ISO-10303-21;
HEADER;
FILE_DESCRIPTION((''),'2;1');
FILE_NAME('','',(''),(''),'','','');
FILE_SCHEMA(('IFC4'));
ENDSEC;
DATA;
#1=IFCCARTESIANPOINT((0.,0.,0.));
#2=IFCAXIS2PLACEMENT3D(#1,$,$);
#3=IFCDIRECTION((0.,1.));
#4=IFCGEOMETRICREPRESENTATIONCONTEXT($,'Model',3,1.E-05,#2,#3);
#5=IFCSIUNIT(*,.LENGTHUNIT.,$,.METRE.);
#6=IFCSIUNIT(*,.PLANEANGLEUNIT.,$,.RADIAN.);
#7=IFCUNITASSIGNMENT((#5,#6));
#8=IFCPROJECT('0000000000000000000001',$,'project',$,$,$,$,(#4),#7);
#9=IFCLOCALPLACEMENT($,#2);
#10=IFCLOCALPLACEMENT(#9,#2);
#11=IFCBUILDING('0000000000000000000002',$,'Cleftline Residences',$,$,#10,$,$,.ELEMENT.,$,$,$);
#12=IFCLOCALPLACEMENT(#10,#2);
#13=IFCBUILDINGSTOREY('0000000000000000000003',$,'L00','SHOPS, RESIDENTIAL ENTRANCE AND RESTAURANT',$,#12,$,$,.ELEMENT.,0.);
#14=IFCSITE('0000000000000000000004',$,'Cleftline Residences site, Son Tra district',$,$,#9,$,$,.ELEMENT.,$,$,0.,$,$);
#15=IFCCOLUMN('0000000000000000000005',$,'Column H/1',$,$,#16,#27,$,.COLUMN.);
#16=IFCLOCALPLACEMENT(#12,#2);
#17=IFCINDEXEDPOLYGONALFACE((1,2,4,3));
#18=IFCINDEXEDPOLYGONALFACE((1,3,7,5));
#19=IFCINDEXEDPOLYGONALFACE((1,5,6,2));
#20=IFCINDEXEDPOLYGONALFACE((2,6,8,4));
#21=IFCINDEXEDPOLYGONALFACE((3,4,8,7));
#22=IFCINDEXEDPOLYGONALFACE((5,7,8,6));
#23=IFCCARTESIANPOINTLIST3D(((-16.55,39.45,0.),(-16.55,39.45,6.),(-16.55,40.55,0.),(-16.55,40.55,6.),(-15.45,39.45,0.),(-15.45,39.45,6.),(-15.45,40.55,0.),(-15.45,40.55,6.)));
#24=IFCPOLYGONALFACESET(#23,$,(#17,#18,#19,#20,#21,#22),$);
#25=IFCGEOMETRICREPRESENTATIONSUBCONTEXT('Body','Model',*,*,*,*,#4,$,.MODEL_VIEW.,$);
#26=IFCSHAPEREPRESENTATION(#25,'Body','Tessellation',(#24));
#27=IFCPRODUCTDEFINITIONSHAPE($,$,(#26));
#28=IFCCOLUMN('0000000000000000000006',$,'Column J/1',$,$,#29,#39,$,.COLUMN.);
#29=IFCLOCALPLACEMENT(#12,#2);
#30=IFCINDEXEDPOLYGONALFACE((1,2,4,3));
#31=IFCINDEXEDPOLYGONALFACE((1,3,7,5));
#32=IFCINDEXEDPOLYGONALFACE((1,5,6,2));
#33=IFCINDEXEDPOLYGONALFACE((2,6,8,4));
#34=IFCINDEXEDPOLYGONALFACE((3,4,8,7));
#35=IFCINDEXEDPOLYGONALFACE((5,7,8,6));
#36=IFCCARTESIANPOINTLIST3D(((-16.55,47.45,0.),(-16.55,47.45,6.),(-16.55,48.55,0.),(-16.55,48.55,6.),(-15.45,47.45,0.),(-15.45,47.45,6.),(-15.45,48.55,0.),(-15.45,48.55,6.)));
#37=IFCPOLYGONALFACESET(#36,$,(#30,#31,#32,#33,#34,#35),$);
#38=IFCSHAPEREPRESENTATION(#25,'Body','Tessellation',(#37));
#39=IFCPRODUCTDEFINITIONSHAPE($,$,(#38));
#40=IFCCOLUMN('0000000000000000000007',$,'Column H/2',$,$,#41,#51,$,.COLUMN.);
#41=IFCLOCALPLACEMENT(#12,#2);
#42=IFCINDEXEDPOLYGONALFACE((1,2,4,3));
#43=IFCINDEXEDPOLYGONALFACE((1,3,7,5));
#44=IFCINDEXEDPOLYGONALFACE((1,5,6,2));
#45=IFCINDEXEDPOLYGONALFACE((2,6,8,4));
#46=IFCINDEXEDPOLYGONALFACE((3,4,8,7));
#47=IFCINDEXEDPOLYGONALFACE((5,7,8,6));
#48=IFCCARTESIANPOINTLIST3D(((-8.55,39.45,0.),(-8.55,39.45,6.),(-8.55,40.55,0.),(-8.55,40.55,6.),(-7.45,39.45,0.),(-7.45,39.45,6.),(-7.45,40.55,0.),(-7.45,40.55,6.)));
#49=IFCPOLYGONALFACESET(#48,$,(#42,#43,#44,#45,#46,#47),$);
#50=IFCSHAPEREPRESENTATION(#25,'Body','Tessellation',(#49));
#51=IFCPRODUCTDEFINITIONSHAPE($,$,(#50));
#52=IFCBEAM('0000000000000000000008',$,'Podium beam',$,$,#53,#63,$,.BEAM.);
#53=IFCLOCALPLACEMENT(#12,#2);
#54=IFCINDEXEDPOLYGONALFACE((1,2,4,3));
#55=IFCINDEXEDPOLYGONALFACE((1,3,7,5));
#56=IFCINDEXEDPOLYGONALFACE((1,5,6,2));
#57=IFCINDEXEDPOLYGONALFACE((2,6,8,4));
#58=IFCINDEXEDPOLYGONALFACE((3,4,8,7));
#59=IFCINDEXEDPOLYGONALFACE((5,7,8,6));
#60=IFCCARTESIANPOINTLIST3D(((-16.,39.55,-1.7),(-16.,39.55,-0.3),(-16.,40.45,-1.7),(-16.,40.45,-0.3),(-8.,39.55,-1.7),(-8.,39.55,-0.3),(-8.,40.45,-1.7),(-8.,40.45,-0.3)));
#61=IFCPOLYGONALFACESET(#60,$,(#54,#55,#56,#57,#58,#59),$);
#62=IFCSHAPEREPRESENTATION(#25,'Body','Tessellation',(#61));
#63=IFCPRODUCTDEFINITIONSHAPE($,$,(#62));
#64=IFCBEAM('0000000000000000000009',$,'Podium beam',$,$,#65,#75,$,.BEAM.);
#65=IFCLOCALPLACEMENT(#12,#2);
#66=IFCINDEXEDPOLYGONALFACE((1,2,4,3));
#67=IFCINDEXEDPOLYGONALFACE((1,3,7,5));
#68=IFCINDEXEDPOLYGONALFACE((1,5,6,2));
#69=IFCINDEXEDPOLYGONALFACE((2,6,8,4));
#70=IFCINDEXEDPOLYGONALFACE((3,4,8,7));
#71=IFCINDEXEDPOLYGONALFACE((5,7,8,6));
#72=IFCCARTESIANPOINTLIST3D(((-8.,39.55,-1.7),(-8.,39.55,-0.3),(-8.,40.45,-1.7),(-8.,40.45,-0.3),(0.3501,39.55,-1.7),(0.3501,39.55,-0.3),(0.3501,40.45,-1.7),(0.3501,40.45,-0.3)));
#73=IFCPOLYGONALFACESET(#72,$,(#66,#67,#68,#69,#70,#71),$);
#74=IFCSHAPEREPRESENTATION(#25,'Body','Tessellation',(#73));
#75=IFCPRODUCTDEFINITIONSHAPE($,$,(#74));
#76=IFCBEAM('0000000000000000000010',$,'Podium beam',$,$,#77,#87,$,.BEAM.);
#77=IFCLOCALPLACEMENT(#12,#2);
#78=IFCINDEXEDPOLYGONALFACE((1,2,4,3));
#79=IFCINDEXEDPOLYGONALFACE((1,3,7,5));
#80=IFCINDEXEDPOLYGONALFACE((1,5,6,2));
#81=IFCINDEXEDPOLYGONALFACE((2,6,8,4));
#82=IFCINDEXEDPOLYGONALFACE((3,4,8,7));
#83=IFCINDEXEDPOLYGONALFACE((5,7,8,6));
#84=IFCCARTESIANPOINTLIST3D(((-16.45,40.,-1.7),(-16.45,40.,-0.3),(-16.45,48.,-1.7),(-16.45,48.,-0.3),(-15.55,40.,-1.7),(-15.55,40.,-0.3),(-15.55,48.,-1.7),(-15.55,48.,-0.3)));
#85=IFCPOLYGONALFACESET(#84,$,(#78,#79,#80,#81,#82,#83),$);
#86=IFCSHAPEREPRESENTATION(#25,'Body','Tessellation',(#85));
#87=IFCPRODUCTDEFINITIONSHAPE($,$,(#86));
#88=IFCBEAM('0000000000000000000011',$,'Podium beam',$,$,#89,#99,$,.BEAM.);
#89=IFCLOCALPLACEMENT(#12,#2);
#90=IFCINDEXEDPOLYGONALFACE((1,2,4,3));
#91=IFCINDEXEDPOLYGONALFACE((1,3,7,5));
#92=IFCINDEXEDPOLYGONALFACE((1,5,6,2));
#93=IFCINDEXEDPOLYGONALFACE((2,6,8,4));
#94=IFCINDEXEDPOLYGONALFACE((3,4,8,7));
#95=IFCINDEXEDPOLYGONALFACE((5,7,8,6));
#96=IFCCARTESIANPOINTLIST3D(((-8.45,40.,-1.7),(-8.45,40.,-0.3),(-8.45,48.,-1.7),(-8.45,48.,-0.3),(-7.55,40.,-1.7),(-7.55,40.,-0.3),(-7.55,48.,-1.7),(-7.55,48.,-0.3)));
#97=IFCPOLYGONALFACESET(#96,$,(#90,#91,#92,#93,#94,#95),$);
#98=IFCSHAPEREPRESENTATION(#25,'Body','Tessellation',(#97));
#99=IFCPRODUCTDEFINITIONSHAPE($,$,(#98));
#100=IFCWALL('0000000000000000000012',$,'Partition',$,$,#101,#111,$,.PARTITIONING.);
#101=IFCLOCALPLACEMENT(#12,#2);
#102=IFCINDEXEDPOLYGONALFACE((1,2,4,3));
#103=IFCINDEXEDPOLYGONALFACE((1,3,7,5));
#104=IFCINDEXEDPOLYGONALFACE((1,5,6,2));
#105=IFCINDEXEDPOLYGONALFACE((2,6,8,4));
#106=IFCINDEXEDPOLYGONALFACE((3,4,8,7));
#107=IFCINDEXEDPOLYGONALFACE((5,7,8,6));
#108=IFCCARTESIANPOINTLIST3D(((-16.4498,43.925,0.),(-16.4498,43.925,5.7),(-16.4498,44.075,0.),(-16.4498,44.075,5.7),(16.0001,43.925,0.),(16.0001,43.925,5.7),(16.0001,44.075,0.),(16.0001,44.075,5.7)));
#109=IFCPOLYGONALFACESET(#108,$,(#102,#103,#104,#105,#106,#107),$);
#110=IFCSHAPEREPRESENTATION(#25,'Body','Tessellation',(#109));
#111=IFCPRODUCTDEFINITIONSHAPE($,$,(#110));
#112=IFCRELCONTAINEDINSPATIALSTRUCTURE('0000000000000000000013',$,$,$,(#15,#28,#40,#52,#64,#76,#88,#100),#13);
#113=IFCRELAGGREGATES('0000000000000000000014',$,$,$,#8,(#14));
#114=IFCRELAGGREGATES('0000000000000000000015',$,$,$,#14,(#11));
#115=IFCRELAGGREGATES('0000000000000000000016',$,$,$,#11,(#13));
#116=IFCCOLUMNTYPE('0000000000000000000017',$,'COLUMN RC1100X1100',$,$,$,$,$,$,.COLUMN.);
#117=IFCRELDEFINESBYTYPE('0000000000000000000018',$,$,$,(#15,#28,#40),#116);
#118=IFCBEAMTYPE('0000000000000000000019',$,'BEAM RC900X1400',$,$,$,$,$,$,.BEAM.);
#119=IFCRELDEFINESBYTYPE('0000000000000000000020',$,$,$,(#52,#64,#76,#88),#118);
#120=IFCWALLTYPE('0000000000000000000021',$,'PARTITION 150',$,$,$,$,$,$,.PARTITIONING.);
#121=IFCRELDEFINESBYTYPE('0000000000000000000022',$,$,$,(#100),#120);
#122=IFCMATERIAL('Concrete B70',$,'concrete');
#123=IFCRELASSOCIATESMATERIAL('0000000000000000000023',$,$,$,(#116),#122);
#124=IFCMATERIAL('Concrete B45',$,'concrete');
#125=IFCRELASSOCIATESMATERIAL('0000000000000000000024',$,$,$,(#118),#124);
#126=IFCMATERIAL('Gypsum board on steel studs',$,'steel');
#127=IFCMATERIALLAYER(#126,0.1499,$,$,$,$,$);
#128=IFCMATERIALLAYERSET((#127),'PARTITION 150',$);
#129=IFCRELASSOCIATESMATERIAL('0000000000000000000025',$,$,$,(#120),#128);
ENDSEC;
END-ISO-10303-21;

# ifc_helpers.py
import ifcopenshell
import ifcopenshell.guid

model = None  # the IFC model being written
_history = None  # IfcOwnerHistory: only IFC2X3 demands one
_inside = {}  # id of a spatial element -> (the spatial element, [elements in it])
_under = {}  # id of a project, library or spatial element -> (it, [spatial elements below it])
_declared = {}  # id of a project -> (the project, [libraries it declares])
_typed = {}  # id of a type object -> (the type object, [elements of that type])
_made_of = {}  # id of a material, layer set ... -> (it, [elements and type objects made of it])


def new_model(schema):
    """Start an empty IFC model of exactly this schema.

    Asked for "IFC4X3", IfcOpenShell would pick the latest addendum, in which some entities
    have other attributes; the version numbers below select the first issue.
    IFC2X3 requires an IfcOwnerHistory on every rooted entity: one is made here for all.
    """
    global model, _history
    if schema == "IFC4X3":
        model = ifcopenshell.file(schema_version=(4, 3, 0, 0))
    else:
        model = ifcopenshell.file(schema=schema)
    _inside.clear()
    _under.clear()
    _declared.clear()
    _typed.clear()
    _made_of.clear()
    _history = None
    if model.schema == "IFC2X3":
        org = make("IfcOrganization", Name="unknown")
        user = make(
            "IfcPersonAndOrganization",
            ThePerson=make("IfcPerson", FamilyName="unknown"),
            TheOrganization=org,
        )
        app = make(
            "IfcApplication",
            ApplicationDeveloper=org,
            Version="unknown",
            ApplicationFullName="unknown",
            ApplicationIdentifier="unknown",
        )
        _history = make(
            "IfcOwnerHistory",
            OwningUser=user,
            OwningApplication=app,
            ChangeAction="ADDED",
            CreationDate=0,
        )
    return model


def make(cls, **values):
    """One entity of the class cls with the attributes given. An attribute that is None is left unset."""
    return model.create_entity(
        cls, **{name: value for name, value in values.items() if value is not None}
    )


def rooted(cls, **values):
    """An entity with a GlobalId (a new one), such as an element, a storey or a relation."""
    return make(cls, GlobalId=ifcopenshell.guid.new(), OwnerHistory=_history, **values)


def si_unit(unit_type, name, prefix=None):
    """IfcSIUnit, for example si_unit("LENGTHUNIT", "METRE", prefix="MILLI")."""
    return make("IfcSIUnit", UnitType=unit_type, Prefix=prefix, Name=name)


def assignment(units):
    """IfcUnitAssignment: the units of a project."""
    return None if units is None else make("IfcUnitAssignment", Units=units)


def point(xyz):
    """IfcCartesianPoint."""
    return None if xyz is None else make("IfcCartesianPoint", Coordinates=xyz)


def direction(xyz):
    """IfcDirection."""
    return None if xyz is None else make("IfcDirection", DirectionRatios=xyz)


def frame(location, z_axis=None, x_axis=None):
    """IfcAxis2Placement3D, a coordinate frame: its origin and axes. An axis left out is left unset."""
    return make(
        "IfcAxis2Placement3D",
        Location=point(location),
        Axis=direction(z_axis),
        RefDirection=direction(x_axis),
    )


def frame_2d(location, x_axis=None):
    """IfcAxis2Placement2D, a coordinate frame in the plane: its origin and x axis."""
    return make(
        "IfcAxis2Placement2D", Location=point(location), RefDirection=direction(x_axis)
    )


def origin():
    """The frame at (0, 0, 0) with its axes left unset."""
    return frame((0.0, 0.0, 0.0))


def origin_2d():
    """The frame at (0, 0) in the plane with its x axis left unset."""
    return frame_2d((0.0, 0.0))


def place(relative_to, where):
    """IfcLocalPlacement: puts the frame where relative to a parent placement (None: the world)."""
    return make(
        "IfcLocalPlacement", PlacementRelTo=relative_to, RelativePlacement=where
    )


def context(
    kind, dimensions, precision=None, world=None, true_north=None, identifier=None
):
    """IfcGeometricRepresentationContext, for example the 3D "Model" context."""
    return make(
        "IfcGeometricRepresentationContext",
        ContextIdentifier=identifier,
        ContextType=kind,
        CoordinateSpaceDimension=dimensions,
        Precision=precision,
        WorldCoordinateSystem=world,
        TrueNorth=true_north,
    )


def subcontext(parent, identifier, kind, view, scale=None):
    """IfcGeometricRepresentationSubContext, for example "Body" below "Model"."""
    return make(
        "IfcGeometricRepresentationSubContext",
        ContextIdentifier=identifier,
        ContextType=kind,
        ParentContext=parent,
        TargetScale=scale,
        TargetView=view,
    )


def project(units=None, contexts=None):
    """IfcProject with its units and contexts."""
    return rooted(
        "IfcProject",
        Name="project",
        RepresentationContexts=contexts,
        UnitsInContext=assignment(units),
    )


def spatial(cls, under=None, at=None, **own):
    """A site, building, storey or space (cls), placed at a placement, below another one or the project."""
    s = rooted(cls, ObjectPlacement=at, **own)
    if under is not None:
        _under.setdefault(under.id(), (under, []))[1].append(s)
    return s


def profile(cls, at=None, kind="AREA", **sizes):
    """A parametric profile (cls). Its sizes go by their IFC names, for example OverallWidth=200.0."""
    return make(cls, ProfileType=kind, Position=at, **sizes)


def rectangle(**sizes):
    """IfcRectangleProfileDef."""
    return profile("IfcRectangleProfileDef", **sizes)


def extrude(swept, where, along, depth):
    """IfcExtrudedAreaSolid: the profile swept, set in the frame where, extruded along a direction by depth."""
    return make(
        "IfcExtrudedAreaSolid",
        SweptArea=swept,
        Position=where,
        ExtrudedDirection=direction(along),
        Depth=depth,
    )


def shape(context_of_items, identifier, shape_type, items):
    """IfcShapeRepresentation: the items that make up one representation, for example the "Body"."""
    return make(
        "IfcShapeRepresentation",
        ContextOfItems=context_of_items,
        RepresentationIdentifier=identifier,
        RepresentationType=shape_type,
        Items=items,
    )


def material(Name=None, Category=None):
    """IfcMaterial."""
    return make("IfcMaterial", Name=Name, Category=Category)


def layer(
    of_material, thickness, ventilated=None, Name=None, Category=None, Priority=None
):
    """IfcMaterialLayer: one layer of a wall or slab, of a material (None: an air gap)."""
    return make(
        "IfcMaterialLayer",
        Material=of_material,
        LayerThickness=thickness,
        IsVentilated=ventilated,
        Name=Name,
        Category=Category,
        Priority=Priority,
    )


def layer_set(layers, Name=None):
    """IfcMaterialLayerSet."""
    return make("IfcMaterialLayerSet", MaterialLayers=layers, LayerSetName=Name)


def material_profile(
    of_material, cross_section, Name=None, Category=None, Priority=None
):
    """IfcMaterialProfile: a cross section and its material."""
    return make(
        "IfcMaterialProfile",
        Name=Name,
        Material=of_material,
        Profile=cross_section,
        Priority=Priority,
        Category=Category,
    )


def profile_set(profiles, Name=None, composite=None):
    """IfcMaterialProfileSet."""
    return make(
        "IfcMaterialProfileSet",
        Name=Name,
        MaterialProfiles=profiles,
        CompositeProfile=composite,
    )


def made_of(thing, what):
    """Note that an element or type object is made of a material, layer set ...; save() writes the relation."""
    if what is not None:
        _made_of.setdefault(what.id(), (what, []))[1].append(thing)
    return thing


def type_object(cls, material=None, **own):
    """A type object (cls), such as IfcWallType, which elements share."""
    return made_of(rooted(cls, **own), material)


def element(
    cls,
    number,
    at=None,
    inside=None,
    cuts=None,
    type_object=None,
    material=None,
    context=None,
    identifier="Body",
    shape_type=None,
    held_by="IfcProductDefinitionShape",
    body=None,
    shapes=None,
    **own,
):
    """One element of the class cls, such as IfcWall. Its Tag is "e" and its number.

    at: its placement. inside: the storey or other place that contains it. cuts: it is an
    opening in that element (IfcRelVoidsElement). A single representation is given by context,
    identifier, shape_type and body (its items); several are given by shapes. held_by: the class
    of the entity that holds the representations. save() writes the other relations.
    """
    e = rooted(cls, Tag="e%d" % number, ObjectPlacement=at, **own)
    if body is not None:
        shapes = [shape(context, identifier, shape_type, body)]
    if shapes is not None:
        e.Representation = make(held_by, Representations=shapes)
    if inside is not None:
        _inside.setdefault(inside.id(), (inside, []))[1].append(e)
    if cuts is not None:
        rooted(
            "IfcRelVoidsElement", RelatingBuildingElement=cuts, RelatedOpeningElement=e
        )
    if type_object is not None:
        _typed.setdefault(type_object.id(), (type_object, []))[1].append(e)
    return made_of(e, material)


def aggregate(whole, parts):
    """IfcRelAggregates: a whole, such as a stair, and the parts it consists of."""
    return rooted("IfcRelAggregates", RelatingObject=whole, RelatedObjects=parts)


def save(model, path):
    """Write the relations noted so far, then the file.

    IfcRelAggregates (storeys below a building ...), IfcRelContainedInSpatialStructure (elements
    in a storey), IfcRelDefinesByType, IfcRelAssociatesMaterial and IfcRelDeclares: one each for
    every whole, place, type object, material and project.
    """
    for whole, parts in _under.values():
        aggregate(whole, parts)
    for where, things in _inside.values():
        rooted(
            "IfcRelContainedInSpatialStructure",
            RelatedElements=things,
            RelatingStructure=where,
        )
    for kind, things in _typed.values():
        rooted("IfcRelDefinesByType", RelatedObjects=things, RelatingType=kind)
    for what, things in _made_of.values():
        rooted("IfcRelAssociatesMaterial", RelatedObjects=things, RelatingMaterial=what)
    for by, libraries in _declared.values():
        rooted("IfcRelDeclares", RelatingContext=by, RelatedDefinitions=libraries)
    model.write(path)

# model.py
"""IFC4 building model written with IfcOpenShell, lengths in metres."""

from ifc_helpers import new_model, si_unit, direction, frame, frame_2d, origin, origin_2d, place, context, subcontext, project, spatial, rectangle, extrude, material, layer, layer_set, material_profile, profile_set, type_object, element, save


model = new_model("IFC4")

# Units and contexts
model_context = context("Model", 3, precision=1e-05, world=origin(), true_north=direction((0.0, 1.0)))
body_context = subcontext(model_context, "Body", "Model", "MODEL_VIEW")
ifc_project = project(units=[si_unit("LENGTHUNIT", "METRE"), si_unit("PLANEANGLEUNIT", "RADIAN")], contexts=[model_context])

# Site, building, storey
site_placement = place(None, origin())
site = spatial("IfcSite", under=ifc_project, at=site_placement, Name="Cleftline Residences site, Son Tra district", CompositionType="ELEMENT", RefElevation=0.0)
building_placement = place(site_placement, origin())
building = spatial("IfcBuilding", under=site, at=building_placement, Name="Cleftline Residences", CompositionType="ELEMENT")
storey_placement = place(building_placement, origin())
storey = spatial("IfcBuildingStorey", under=building, at=storey_placement, Name="L00", Description="SHOPS, RESIDENTIAL ENTRANCE AND RESTAURANT", CompositionType="ELEMENT", Elevation=0.0)

# Columns
ifc_material_1 = material(Name="Concrete B70", Category="concrete")
ifc_material_profile_1 = material_profile(ifc_material_1, rectangle(XDim=1.1001, YDim=1.1001, at=origin_2d()))
ifc_profile_set_1 = profile_set([ifc_material_profile_1], Name="Concrete B70")
column_type = type_object("IfcColumnType", Name="COLUMN RC1100X1100", PredefinedType="COLUMN", material=ifc_profile_set_1)
for number, where, z_axis, x_axis, name in (
    (1, (-16.0, 40.0, 0.0), (0.0, 0.0, 1.0), (1.0, 0.0, 0.0), "Column H/1"),
    (2, (-16.0, 48.0, 0.0), (0.0, 0.0, 1.0), (1.0, 0.0, 0.0), "Column J/1"),
    (3, (-8.0, 40.0, 0.0), (0.0, 0.0, 1.0), (1.0, 0.0, 0.0), "Column H/2"),
):
    element("IfcColumn", number, at=place(storey_placement, frame(where, z_axis=z_axis, x_axis=x_axis)), inside=storey, type_object=column_type, Name=name, PredefinedType="COLUMN", context=body_context, shape_type="SweptSolid", body=[
        extrude(rectangle(XDim=1.1001, YDim=1.1001, at=origin_2d()), origin(), (0.0, 0.0, 1.0), 6.0),
    ])

# Beams
ifc_material_2 = material(Name="Concrete B45", Category="concrete")
ifc_material_profile_2 = material_profile(ifc_material_2, rectangle(XDim=0.8999, YDim=1.3999, at=origin_2d()))
ifc_profile_set_2 = profile_set([ifc_material_profile_2], Name="Concrete B45")
beam_type = type_object("IfcBeamType", Name="BEAM RC900X1400", PredefinedType="BEAM", material=ifc_profile_set_2)
beam_1_placement = place(storey_placement, frame((-16.0, 40.0, -1.0), z_axis=(1.0, 0.0, 0.0), x_axis=(0.0, 1.0, 0.0)))
element("IfcBeam", 4, at=beam_1_placement, inside=storey, type_object=beam_type, Name="Podium beam", PredefinedType="BEAM", context=body_context, shape_type="SweptSolid", body=[
    extrude(rectangle(XDim=0.8999, YDim=1.3999, at=origin_2d()), origin(), (0.0, 0.0, 1.0), 8.0),
])
beam_2_placement = place(storey_placement, frame((-8.0, 40.0, -1.0), z_axis=(1.0, 0.0, 0.0), x_axis=(0.0, 1.0, 0.0)))
element("IfcBeam", 5, at=beam_2_placement, inside=storey, type_object=beam_type, Name="Podium beam", PredefinedType="BEAM", context=body_context, shape_type="SweptSolid", body=[
    extrude(rectangle(XDim=0.8999, YDim=1.3999, at=origin_2d()), origin(), (0.0, 0.0, 1.0), 8.3501),
])
for number, where, z_axis, x_axis, name in (
    (6, (-16.0, 40.0, -1.0), (0.0, 1.0, 0.0), (-1.0, 0.0, 0.0), "Podium beam"),
    (7, (-8.0, 40.0, -1.0), (0.0, 1.0, 0.0), (-1.0, 0.0, 0.0), "Podium beam"),
):
    element("IfcBeam", number, at=place(storey_placement, frame(where, z_axis=z_axis, x_axis=x_axis)), inside=storey, type_object=beam_type, Name=name, PredefinedType="BEAM", context=body_context, shape_type="SweptSolid", body=[
        extrude(rectangle(XDim=0.8999, YDim=1.3999, at=origin_2d()), origin(), (0.0, 0.0, 1.0), 8.0),
    ])

# Wall
ifc_material_3 = material(Name="Gypsum board on steel studs", Category="steel")
ifc_layer = layer(ifc_material_3, 0.1499)
ifc_layer_set = layer_set([ifc_layer], Name="PARTITION 150")
wall_type = type_object("IfcWallType", Name="PARTITION 150", PredefinedType="PARTITIONING", material=ifc_layer_set)
wall_placement = place(storey_placement, frame((-16.45, 44.0, 0.0), z_axis=(0.0, 0.0, 1.0), x_axis=(1.0, 0.0, 0.0)))
element("IfcWall", 8, at=wall_placement, inside=storey, type_object=wall_type, Name="Partition", PredefinedType="PARTITIONING", context=body_context, shape_type="SweptSolid", body=[
    extrude(rectangle(XDim=32.45, YDim=0.1499, at=frame_2d((16.2251, 0.0))), origin(), (0.0, 0.0, 1.0), 5.7),
])

save(model, "model.ifc")
